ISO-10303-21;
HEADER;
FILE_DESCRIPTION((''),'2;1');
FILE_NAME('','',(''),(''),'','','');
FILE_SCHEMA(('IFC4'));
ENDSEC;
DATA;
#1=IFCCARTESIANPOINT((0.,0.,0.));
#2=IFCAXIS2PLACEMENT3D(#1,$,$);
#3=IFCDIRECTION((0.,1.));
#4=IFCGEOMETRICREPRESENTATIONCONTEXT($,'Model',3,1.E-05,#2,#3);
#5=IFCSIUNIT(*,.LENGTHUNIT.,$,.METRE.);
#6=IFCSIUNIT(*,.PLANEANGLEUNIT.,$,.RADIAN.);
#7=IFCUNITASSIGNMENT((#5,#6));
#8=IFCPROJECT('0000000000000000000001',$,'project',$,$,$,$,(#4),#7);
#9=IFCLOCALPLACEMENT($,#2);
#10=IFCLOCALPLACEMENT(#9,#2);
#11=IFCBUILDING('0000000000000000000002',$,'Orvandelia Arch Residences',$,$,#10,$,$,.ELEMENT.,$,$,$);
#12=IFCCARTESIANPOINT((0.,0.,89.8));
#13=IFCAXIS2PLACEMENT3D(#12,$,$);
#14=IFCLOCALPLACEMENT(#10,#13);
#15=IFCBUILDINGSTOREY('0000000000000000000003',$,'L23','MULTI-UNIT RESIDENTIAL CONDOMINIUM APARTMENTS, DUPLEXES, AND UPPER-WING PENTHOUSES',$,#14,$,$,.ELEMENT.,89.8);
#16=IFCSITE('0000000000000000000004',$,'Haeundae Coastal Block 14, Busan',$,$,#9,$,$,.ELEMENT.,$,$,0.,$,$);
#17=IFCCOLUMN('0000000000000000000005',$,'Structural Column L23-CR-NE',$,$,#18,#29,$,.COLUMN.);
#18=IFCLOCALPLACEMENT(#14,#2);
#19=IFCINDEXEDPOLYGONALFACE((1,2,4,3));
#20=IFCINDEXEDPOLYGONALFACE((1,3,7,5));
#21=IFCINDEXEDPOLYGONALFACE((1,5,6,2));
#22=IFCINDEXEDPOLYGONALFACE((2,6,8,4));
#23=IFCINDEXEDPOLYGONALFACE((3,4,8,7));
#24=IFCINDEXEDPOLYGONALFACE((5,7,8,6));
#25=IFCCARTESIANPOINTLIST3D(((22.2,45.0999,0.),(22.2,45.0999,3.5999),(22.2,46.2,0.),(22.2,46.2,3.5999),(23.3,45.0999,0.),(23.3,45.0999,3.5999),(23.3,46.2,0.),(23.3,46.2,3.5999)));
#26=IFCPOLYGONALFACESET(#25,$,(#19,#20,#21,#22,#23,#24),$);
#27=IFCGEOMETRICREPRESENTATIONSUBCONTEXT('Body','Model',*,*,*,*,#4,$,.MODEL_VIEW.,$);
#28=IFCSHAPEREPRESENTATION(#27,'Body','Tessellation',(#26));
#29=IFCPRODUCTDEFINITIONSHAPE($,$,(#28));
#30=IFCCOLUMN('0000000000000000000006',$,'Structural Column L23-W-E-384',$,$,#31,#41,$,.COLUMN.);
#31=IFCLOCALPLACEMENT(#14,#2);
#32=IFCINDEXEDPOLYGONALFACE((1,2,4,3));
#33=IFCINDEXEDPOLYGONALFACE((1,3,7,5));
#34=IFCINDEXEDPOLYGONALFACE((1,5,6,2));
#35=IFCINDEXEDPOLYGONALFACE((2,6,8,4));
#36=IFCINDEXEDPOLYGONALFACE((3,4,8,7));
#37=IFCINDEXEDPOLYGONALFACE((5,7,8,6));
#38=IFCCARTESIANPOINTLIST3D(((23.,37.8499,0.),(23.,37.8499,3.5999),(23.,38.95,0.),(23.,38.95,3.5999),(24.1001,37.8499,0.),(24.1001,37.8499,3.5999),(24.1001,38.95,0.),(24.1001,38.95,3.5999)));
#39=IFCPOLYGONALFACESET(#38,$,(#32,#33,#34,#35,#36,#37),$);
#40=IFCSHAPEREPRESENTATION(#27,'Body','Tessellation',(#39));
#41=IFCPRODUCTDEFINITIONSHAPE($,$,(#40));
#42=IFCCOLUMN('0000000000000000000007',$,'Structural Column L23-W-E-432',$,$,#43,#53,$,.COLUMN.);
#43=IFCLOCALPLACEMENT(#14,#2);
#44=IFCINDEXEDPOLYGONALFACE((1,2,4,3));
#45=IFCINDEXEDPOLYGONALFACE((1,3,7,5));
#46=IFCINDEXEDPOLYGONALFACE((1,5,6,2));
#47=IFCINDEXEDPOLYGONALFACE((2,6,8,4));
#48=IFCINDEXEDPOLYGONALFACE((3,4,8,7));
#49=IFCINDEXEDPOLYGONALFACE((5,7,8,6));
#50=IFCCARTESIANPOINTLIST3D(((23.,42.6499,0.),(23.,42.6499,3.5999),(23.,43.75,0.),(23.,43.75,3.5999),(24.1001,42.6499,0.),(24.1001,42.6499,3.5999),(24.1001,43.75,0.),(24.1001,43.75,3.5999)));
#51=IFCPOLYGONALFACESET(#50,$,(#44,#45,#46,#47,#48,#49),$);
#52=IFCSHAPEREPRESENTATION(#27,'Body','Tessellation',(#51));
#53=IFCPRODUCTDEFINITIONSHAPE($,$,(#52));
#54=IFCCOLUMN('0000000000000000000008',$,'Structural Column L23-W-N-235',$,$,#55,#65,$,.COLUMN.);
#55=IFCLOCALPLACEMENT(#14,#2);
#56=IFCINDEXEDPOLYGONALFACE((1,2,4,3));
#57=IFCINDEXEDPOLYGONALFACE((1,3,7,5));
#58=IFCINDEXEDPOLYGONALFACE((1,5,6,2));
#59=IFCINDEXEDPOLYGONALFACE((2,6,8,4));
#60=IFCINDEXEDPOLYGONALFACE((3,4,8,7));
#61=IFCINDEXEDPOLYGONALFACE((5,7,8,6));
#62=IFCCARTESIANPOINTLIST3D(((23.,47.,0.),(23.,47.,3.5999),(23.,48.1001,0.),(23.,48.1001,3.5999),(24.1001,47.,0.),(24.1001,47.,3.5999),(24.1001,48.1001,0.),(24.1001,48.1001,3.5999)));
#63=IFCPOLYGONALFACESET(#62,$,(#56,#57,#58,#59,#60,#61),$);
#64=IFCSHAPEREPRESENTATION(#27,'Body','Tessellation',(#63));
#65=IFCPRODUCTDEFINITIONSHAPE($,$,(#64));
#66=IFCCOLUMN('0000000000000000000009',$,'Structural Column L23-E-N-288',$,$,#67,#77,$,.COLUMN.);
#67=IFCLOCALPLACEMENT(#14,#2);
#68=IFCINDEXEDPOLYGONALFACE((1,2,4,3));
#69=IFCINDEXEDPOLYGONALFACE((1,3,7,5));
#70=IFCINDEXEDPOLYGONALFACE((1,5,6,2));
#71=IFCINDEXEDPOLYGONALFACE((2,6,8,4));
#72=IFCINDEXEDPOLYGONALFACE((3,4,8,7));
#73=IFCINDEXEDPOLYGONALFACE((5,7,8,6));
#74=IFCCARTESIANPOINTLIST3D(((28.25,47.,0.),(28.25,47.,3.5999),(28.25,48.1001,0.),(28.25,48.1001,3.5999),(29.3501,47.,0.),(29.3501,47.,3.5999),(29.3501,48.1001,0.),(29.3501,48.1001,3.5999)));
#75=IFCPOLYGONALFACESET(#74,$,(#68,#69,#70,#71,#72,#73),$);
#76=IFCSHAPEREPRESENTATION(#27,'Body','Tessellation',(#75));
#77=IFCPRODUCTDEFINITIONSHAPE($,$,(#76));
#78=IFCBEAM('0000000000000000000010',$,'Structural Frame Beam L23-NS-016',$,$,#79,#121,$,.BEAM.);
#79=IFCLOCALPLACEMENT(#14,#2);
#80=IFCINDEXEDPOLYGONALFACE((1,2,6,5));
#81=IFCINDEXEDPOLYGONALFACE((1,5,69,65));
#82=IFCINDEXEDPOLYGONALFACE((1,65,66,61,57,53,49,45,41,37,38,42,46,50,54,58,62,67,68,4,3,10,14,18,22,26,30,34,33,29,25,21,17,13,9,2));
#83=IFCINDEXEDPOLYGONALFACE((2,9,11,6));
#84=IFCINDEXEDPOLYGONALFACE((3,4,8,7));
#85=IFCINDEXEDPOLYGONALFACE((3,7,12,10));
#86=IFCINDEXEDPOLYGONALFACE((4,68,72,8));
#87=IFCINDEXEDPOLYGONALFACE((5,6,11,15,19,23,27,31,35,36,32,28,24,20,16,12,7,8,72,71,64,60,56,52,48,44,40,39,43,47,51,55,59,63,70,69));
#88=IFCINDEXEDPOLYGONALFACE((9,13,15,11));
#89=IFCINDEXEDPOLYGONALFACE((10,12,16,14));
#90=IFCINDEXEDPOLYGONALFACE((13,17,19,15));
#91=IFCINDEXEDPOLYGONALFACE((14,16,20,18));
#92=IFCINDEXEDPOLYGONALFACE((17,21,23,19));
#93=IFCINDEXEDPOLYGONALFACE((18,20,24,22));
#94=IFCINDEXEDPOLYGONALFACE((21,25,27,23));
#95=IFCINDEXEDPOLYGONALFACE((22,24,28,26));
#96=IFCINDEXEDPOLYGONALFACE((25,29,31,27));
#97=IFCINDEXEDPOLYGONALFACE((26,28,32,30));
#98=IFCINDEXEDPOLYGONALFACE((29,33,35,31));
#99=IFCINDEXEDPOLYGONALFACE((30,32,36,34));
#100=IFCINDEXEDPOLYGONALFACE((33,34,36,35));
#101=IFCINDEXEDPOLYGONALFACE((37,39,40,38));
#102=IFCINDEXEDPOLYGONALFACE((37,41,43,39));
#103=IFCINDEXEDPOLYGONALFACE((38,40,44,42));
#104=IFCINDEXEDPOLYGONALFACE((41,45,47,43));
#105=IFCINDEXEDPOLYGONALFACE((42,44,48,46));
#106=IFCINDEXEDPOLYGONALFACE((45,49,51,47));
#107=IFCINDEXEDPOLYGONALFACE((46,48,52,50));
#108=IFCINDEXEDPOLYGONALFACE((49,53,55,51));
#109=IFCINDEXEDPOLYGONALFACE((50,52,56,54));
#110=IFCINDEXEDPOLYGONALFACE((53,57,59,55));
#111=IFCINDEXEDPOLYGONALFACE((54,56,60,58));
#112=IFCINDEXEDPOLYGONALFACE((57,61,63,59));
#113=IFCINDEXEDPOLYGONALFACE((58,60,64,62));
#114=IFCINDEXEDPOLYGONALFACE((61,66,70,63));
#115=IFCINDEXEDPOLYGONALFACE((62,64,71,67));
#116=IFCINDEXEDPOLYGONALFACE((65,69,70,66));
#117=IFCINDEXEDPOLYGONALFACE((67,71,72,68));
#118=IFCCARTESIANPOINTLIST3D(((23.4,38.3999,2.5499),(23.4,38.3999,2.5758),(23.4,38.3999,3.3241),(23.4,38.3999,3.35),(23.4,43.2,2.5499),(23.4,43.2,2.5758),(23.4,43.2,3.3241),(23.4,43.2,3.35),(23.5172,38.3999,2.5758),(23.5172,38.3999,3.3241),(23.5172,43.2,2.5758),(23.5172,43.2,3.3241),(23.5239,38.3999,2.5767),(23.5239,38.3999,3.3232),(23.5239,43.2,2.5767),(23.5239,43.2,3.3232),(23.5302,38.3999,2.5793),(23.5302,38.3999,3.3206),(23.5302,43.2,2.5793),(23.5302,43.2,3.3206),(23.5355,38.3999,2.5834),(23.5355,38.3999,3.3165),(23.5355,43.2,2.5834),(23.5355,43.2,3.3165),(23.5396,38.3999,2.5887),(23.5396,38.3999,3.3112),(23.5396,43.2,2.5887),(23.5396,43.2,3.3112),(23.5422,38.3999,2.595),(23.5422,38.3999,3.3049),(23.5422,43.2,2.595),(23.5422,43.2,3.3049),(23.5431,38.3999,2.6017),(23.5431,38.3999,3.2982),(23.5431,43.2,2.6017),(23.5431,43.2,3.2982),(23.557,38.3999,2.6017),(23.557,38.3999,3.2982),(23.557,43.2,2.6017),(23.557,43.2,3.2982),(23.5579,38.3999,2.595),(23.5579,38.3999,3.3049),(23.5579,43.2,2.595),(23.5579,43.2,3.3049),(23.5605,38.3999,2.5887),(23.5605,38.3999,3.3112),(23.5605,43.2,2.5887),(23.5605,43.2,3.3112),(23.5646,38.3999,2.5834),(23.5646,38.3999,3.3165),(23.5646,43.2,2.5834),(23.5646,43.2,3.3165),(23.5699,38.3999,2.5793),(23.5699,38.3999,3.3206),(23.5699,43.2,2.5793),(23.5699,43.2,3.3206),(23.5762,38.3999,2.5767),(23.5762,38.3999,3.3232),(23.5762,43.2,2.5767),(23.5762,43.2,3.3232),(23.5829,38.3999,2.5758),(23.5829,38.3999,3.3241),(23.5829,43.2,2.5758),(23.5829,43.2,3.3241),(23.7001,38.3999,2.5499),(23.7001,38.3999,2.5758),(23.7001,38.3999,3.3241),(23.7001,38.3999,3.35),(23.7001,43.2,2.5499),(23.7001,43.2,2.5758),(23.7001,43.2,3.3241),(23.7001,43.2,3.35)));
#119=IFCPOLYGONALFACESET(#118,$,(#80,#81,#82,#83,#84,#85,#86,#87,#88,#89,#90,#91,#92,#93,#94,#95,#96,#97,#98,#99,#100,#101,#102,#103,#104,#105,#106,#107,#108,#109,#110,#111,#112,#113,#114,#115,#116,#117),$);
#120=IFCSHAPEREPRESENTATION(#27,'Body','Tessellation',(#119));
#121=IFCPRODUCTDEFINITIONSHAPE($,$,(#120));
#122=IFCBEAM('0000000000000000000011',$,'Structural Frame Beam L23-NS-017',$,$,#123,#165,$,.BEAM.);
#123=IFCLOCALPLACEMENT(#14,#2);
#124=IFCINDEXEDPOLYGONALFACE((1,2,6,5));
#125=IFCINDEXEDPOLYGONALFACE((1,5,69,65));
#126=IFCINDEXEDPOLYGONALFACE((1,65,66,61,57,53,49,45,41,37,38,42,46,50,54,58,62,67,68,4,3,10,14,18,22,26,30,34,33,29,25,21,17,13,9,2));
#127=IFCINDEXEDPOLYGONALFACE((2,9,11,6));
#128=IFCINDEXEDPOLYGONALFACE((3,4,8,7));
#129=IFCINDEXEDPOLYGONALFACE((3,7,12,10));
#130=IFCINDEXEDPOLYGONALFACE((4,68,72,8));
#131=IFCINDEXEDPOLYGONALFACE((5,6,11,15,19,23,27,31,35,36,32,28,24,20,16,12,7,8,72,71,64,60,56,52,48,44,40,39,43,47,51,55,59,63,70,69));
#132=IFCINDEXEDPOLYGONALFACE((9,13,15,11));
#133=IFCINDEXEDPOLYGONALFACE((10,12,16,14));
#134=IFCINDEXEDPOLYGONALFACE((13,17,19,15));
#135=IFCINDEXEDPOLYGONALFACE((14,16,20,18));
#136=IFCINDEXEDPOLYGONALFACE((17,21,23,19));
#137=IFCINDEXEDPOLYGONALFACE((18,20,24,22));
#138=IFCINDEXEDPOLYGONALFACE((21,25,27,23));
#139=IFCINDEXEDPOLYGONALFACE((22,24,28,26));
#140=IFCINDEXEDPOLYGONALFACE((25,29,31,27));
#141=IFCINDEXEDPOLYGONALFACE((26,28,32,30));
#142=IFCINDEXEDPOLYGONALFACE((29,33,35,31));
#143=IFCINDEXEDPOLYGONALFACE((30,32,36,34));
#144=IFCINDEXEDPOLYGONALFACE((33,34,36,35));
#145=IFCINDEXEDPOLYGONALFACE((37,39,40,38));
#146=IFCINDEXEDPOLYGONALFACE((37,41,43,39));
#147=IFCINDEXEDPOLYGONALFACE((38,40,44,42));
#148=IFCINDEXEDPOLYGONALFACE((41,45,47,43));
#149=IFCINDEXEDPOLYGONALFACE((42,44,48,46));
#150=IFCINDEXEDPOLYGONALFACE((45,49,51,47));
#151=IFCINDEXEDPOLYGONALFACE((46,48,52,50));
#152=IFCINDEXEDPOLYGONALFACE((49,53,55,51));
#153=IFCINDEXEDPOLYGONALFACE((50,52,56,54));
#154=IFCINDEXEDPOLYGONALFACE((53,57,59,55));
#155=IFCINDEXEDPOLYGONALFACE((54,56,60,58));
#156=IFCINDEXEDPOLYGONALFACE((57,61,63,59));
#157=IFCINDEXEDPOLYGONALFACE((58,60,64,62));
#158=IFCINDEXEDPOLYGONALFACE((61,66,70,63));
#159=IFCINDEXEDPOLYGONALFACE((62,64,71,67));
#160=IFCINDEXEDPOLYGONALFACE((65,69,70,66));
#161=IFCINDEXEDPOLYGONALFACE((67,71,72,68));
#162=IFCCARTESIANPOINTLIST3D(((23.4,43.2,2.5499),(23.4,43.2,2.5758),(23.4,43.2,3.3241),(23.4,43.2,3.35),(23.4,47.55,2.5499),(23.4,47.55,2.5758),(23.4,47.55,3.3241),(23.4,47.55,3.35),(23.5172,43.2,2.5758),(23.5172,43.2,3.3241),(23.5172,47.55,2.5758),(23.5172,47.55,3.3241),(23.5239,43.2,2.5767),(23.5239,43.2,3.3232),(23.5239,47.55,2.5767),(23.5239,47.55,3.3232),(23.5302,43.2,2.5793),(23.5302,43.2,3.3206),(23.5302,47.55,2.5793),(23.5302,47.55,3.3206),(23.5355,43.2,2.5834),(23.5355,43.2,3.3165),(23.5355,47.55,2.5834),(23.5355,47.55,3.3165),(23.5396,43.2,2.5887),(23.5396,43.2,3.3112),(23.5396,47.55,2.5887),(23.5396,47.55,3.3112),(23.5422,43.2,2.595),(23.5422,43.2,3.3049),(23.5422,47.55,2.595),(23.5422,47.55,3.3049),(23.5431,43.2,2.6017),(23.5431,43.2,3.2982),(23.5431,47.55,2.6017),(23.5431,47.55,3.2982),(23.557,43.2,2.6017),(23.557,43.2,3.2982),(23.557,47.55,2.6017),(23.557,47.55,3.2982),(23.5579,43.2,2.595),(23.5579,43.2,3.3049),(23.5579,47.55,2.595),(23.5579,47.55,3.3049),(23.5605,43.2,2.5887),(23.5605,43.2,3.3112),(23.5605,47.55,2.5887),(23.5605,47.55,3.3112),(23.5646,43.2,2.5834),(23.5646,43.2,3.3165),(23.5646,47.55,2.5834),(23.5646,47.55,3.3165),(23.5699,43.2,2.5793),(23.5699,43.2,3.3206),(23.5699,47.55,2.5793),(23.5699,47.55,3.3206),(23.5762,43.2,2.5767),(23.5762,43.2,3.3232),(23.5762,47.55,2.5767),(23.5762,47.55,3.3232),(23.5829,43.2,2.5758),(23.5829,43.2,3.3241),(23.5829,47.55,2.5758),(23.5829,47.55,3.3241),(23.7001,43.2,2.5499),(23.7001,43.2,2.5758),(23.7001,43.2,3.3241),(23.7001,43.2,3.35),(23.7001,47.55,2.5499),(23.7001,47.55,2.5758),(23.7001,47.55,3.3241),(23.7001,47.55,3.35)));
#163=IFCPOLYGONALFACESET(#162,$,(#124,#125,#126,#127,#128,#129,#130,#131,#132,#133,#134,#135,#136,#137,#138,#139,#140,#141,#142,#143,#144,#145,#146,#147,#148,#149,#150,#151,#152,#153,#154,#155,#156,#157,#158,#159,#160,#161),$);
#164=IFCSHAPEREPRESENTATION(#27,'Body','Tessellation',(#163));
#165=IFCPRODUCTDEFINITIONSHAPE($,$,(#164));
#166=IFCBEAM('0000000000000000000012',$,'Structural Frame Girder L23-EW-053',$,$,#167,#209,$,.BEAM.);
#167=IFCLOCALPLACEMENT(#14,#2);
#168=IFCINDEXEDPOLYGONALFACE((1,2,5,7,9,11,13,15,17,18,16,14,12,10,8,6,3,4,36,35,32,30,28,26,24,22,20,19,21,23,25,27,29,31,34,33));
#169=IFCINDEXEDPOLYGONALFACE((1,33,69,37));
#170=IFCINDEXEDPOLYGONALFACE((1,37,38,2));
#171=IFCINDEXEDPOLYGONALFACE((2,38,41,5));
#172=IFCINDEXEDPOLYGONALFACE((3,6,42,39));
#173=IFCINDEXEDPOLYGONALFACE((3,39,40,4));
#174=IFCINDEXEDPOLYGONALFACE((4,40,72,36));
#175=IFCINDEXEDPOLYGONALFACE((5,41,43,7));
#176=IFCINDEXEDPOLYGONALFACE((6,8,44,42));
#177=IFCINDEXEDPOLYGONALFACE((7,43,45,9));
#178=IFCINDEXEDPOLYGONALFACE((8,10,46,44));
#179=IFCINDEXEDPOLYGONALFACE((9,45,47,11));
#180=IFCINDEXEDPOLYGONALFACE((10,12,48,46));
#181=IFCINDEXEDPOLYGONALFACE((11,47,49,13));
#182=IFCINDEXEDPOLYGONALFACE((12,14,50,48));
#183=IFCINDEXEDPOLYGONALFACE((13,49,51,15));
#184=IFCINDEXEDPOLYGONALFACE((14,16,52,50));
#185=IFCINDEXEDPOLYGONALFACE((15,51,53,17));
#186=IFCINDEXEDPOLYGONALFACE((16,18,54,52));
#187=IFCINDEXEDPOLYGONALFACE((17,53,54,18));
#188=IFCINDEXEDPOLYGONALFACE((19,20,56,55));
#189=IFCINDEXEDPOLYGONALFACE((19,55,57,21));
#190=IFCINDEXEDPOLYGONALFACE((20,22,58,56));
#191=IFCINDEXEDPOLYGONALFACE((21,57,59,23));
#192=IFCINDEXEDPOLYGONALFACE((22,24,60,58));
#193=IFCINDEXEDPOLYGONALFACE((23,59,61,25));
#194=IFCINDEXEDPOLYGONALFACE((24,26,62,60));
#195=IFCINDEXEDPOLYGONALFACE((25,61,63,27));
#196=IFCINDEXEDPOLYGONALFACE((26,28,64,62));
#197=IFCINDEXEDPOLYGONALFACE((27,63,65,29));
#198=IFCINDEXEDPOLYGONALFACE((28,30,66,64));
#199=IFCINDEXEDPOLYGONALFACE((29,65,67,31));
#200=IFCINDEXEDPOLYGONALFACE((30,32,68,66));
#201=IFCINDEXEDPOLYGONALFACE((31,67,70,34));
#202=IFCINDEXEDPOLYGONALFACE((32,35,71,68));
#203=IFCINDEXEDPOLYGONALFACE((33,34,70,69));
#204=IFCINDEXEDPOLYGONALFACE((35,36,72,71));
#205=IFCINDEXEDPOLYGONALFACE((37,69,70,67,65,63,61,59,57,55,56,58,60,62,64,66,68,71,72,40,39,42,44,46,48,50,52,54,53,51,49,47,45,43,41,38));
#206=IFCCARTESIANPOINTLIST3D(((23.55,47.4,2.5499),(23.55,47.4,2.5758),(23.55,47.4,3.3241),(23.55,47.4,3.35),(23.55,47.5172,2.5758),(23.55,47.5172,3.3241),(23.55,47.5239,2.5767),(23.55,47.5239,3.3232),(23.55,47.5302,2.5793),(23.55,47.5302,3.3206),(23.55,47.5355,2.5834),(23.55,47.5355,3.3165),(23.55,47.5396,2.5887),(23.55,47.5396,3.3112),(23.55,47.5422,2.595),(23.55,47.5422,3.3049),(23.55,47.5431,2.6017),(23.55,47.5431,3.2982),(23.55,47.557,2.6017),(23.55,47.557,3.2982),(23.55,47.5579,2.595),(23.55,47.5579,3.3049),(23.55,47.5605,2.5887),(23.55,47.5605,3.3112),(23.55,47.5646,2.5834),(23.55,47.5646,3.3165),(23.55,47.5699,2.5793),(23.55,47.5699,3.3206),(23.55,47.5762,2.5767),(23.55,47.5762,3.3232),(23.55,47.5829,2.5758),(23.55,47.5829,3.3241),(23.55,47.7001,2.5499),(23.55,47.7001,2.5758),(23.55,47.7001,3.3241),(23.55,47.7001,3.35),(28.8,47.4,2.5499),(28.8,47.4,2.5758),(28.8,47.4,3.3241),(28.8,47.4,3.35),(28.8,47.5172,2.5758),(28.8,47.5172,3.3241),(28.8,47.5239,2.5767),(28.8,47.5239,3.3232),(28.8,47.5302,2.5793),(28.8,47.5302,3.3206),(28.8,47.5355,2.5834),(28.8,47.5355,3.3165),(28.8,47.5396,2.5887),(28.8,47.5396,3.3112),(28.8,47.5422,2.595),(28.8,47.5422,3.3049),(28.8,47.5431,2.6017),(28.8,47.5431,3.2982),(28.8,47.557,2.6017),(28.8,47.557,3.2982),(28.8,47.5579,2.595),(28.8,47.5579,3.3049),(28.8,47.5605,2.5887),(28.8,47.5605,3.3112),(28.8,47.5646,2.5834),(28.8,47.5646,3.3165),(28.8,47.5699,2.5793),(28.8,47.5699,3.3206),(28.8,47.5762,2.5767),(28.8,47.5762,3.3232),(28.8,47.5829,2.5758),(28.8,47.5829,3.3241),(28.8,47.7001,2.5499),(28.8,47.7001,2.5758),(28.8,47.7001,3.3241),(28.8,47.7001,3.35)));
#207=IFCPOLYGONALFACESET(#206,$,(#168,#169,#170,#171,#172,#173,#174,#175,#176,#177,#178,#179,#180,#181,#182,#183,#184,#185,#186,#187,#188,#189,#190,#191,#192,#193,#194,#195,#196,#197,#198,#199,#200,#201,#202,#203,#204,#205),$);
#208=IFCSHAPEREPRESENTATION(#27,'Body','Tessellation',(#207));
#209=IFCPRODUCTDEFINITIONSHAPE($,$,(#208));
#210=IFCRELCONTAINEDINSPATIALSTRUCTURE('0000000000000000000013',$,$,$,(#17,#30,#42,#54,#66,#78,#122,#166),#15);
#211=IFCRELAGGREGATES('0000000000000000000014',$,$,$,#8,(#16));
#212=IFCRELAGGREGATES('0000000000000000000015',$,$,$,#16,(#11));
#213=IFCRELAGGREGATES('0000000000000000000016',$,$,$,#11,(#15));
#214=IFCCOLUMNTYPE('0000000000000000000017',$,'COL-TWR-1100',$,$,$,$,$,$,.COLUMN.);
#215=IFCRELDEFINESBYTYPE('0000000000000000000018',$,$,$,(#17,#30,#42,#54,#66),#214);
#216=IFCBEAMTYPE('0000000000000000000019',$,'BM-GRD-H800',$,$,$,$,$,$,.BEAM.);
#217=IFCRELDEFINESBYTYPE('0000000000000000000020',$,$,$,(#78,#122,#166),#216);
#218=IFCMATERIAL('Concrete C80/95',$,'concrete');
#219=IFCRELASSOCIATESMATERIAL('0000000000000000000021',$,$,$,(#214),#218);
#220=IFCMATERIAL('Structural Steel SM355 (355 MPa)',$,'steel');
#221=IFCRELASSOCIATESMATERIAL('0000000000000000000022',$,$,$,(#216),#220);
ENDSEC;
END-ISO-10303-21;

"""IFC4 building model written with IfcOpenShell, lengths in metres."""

from ifc_helpers import new_model, si_unit, direction, frame, origin, origin_2d, place, context, subcontext, project, spatial, rectangle, i_section, extrude, material, material_profile, profile_set, type_object, element, save


model = new_model("IFC4")

# Units and contexts
model_context = context("Model", 3, precision=1e-05, world=origin(), true_north=direction((0.0, 1.0)))
body_context = subcontext(model_context, "Body", "Model", "MODEL_VIEW")
ifc_project = project(units=[si_unit("LENGTHUNIT", "METRE"), si_unit("PLANEANGLEUNIT", "RADIAN")], contexts=[model_context])

# Site, building, storey
site_placement = place(None, origin())
site = spatial("IfcSite", under=ifc_project, at=site_placement, Name="Haeundae Coastal Block 14, Busan", CompositionType="ELEMENT", RefElevation=0.0)
building_placement = place(site_placement, origin())
building = spatial("IfcBuilding", under=site, at=building_placement, Name="Orvandelia Arch Residences", CompositionType="ELEMENT")
storey_placement = place(building_placement, frame((0.0, 0.0, 89.8)))
storey = spatial("IfcBuildingStorey", under=building, at=storey_placement, Name="L23", Description="MULTI-UNIT RESIDENTIAL CONDOMINIUM APARTMENTS, DUPLEXES, AND UPPER-WING PENTHOUSES", CompositionType="ELEMENT", Elevation=89.8)

# Columns
ifc_material_1 = material(Name="Concrete C80/95", Category="concrete")
ifc_material_profile_1 = material_profile(ifc_material_1, rectangle(XDim=1.1001, YDim=1.1001, at=origin_2d()), Name="Concrete C80/95", Category="concrete")
ifc_profile_set_1 = profile_set([ifc_material_profile_1], Name="Concrete C80/95")
column_type = type_object("IfcColumnType", Name="COL-TWR-1100", PredefinedType="COLUMN", material=ifc_profile_set_1)
for number, where, z_axis, x_axis, name in (
    (1, (22.75, 45.6499, 0.0), (0.0, 0.0, 1.0), (1.0, 0.0, 0.0), "Structural Column L23-CR-NE"),
    (2, (23.55, 38.3999, 0.0), (0.0, 0.0, 1.0), (1.0, 0.0, 0.0), "Structural Column L23-W-E-384"),
    (3, (23.55, 43.2, 0.0), (0.0, 0.0, 1.0), (1.0, 0.0, 0.0), "Structural Column L23-W-E-432"),
    (4, (23.55, 47.55, 0.0), (0.0, 0.0, 1.0), (1.0, 0.0, 0.0), "Structural Column L23-W-N-235"),
    (5, (28.8, 47.55, 0.0), (0.0, 0.0, 1.0), (1.0, 0.0, 0.0), "Structural Column L23-E-N-288"),
):
    element("IfcColumn", number, at=place(storey_placement, frame(where, z_axis=z_axis, x_axis=x_axis)), inside=storey, type_object=column_type, Name=name, PredefinedType="COLUMN", context=body_context, shape_type="SweptSolid", body=[
        extrude(rectangle(XDim=1.1001, YDim=1.1001, at=origin_2d()), origin(), (0.0, 0.0, 1.0), 3.5999),
    ])

# Beams
ifc_material_2 = material(Name="Structural Steel SM355 (355 MPa)", Category="steel")
ifc_material_profile_2 = material_profile(ifc_material_2, i_section(OverallWidth=0.3, OverallDepth=0.8, WebThickness=0.0139, FlangeThickness=0.0259, FilletRadius=0.0259, at=origin_2d()), Name="Structural Steel SM355 (355 MPa)", Category="steel")
ifc_profile_set_2 = profile_set([ifc_material_profile_2], Name="Structural Steel SM355 (355 MPa)")
beam_type = type_object("IfcBeamType", Name="BM-GRD-H800", PredefinedType="BEAM", material=ifc_profile_set_2)
beam_1_placement = place(storey_placement, frame((23.55, 38.3999, 2.95), z_axis=(0.0, 1.0, 0.0), x_axis=(-1.0, 0.0, 0.0)))
element("IfcBeam", 6, at=beam_1_placement, inside=storey, type_object=beam_type, Name="Structural Frame Beam L23-NS-016", PredefinedType="BEAM", context=body_context, shape_type="SweptSolid", body=[
    extrude(i_section(OverallWidth=0.3, OverallDepth=0.8, WebThickness=0.0139, FlangeThickness=0.0259, FilletRadius=0.0259, at=origin_2d()), origin(), (0.0, 0.0, 1.0), 4.8),
])
beam_2_placement = place(storey_placement, frame((23.55, 43.2, 2.95), z_axis=(0.0, 1.0, 0.0), x_axis=(-1.0, 0.0, 0.0)))
element("IfcBeam", 7, at=beam_2_placement, inside=storey, type_object=beam_type, Name="Structural Frame Beam L23-NS-017", PredefinedType="BEAM", context=body_context, shape_type="SweptSolid", body=[
    extrude(i_section(OverallWidth=0.3, OverallDepth=0.8, WebThickness=0.0139, FlangeThickness=0.0259, FilletRadius=0.0259, at=origin_2d()), origin(), (0.0, 0.0, 1.0), 4.3501),
])
beam_3_placement = place(storey_placement, frame((23.55, 47.55, 2.95), z_axis=(1.0, 0.0, 0.0), x_axis=(0.0, 1.0, 0.0)))
element("IfcBeam", 8, at=beam_3_placement, inside=storey, type_object=beam_type, Name="Structural Frame Girder L23-EW-053", PredefinedType="BEAM", context=body_context, shape_type="SweptSolid", body=[
    extrude(i_section(OverallWidth=0.3, OverallDepth=0.8, WebThickness=0.0139, FlangeThickness=0.0259, FilletRadius=0.0259, at=origin_2d()), origin(), (0.0, 0.0, 1.0), 5.25),
])

save(model, "model.ifc")
